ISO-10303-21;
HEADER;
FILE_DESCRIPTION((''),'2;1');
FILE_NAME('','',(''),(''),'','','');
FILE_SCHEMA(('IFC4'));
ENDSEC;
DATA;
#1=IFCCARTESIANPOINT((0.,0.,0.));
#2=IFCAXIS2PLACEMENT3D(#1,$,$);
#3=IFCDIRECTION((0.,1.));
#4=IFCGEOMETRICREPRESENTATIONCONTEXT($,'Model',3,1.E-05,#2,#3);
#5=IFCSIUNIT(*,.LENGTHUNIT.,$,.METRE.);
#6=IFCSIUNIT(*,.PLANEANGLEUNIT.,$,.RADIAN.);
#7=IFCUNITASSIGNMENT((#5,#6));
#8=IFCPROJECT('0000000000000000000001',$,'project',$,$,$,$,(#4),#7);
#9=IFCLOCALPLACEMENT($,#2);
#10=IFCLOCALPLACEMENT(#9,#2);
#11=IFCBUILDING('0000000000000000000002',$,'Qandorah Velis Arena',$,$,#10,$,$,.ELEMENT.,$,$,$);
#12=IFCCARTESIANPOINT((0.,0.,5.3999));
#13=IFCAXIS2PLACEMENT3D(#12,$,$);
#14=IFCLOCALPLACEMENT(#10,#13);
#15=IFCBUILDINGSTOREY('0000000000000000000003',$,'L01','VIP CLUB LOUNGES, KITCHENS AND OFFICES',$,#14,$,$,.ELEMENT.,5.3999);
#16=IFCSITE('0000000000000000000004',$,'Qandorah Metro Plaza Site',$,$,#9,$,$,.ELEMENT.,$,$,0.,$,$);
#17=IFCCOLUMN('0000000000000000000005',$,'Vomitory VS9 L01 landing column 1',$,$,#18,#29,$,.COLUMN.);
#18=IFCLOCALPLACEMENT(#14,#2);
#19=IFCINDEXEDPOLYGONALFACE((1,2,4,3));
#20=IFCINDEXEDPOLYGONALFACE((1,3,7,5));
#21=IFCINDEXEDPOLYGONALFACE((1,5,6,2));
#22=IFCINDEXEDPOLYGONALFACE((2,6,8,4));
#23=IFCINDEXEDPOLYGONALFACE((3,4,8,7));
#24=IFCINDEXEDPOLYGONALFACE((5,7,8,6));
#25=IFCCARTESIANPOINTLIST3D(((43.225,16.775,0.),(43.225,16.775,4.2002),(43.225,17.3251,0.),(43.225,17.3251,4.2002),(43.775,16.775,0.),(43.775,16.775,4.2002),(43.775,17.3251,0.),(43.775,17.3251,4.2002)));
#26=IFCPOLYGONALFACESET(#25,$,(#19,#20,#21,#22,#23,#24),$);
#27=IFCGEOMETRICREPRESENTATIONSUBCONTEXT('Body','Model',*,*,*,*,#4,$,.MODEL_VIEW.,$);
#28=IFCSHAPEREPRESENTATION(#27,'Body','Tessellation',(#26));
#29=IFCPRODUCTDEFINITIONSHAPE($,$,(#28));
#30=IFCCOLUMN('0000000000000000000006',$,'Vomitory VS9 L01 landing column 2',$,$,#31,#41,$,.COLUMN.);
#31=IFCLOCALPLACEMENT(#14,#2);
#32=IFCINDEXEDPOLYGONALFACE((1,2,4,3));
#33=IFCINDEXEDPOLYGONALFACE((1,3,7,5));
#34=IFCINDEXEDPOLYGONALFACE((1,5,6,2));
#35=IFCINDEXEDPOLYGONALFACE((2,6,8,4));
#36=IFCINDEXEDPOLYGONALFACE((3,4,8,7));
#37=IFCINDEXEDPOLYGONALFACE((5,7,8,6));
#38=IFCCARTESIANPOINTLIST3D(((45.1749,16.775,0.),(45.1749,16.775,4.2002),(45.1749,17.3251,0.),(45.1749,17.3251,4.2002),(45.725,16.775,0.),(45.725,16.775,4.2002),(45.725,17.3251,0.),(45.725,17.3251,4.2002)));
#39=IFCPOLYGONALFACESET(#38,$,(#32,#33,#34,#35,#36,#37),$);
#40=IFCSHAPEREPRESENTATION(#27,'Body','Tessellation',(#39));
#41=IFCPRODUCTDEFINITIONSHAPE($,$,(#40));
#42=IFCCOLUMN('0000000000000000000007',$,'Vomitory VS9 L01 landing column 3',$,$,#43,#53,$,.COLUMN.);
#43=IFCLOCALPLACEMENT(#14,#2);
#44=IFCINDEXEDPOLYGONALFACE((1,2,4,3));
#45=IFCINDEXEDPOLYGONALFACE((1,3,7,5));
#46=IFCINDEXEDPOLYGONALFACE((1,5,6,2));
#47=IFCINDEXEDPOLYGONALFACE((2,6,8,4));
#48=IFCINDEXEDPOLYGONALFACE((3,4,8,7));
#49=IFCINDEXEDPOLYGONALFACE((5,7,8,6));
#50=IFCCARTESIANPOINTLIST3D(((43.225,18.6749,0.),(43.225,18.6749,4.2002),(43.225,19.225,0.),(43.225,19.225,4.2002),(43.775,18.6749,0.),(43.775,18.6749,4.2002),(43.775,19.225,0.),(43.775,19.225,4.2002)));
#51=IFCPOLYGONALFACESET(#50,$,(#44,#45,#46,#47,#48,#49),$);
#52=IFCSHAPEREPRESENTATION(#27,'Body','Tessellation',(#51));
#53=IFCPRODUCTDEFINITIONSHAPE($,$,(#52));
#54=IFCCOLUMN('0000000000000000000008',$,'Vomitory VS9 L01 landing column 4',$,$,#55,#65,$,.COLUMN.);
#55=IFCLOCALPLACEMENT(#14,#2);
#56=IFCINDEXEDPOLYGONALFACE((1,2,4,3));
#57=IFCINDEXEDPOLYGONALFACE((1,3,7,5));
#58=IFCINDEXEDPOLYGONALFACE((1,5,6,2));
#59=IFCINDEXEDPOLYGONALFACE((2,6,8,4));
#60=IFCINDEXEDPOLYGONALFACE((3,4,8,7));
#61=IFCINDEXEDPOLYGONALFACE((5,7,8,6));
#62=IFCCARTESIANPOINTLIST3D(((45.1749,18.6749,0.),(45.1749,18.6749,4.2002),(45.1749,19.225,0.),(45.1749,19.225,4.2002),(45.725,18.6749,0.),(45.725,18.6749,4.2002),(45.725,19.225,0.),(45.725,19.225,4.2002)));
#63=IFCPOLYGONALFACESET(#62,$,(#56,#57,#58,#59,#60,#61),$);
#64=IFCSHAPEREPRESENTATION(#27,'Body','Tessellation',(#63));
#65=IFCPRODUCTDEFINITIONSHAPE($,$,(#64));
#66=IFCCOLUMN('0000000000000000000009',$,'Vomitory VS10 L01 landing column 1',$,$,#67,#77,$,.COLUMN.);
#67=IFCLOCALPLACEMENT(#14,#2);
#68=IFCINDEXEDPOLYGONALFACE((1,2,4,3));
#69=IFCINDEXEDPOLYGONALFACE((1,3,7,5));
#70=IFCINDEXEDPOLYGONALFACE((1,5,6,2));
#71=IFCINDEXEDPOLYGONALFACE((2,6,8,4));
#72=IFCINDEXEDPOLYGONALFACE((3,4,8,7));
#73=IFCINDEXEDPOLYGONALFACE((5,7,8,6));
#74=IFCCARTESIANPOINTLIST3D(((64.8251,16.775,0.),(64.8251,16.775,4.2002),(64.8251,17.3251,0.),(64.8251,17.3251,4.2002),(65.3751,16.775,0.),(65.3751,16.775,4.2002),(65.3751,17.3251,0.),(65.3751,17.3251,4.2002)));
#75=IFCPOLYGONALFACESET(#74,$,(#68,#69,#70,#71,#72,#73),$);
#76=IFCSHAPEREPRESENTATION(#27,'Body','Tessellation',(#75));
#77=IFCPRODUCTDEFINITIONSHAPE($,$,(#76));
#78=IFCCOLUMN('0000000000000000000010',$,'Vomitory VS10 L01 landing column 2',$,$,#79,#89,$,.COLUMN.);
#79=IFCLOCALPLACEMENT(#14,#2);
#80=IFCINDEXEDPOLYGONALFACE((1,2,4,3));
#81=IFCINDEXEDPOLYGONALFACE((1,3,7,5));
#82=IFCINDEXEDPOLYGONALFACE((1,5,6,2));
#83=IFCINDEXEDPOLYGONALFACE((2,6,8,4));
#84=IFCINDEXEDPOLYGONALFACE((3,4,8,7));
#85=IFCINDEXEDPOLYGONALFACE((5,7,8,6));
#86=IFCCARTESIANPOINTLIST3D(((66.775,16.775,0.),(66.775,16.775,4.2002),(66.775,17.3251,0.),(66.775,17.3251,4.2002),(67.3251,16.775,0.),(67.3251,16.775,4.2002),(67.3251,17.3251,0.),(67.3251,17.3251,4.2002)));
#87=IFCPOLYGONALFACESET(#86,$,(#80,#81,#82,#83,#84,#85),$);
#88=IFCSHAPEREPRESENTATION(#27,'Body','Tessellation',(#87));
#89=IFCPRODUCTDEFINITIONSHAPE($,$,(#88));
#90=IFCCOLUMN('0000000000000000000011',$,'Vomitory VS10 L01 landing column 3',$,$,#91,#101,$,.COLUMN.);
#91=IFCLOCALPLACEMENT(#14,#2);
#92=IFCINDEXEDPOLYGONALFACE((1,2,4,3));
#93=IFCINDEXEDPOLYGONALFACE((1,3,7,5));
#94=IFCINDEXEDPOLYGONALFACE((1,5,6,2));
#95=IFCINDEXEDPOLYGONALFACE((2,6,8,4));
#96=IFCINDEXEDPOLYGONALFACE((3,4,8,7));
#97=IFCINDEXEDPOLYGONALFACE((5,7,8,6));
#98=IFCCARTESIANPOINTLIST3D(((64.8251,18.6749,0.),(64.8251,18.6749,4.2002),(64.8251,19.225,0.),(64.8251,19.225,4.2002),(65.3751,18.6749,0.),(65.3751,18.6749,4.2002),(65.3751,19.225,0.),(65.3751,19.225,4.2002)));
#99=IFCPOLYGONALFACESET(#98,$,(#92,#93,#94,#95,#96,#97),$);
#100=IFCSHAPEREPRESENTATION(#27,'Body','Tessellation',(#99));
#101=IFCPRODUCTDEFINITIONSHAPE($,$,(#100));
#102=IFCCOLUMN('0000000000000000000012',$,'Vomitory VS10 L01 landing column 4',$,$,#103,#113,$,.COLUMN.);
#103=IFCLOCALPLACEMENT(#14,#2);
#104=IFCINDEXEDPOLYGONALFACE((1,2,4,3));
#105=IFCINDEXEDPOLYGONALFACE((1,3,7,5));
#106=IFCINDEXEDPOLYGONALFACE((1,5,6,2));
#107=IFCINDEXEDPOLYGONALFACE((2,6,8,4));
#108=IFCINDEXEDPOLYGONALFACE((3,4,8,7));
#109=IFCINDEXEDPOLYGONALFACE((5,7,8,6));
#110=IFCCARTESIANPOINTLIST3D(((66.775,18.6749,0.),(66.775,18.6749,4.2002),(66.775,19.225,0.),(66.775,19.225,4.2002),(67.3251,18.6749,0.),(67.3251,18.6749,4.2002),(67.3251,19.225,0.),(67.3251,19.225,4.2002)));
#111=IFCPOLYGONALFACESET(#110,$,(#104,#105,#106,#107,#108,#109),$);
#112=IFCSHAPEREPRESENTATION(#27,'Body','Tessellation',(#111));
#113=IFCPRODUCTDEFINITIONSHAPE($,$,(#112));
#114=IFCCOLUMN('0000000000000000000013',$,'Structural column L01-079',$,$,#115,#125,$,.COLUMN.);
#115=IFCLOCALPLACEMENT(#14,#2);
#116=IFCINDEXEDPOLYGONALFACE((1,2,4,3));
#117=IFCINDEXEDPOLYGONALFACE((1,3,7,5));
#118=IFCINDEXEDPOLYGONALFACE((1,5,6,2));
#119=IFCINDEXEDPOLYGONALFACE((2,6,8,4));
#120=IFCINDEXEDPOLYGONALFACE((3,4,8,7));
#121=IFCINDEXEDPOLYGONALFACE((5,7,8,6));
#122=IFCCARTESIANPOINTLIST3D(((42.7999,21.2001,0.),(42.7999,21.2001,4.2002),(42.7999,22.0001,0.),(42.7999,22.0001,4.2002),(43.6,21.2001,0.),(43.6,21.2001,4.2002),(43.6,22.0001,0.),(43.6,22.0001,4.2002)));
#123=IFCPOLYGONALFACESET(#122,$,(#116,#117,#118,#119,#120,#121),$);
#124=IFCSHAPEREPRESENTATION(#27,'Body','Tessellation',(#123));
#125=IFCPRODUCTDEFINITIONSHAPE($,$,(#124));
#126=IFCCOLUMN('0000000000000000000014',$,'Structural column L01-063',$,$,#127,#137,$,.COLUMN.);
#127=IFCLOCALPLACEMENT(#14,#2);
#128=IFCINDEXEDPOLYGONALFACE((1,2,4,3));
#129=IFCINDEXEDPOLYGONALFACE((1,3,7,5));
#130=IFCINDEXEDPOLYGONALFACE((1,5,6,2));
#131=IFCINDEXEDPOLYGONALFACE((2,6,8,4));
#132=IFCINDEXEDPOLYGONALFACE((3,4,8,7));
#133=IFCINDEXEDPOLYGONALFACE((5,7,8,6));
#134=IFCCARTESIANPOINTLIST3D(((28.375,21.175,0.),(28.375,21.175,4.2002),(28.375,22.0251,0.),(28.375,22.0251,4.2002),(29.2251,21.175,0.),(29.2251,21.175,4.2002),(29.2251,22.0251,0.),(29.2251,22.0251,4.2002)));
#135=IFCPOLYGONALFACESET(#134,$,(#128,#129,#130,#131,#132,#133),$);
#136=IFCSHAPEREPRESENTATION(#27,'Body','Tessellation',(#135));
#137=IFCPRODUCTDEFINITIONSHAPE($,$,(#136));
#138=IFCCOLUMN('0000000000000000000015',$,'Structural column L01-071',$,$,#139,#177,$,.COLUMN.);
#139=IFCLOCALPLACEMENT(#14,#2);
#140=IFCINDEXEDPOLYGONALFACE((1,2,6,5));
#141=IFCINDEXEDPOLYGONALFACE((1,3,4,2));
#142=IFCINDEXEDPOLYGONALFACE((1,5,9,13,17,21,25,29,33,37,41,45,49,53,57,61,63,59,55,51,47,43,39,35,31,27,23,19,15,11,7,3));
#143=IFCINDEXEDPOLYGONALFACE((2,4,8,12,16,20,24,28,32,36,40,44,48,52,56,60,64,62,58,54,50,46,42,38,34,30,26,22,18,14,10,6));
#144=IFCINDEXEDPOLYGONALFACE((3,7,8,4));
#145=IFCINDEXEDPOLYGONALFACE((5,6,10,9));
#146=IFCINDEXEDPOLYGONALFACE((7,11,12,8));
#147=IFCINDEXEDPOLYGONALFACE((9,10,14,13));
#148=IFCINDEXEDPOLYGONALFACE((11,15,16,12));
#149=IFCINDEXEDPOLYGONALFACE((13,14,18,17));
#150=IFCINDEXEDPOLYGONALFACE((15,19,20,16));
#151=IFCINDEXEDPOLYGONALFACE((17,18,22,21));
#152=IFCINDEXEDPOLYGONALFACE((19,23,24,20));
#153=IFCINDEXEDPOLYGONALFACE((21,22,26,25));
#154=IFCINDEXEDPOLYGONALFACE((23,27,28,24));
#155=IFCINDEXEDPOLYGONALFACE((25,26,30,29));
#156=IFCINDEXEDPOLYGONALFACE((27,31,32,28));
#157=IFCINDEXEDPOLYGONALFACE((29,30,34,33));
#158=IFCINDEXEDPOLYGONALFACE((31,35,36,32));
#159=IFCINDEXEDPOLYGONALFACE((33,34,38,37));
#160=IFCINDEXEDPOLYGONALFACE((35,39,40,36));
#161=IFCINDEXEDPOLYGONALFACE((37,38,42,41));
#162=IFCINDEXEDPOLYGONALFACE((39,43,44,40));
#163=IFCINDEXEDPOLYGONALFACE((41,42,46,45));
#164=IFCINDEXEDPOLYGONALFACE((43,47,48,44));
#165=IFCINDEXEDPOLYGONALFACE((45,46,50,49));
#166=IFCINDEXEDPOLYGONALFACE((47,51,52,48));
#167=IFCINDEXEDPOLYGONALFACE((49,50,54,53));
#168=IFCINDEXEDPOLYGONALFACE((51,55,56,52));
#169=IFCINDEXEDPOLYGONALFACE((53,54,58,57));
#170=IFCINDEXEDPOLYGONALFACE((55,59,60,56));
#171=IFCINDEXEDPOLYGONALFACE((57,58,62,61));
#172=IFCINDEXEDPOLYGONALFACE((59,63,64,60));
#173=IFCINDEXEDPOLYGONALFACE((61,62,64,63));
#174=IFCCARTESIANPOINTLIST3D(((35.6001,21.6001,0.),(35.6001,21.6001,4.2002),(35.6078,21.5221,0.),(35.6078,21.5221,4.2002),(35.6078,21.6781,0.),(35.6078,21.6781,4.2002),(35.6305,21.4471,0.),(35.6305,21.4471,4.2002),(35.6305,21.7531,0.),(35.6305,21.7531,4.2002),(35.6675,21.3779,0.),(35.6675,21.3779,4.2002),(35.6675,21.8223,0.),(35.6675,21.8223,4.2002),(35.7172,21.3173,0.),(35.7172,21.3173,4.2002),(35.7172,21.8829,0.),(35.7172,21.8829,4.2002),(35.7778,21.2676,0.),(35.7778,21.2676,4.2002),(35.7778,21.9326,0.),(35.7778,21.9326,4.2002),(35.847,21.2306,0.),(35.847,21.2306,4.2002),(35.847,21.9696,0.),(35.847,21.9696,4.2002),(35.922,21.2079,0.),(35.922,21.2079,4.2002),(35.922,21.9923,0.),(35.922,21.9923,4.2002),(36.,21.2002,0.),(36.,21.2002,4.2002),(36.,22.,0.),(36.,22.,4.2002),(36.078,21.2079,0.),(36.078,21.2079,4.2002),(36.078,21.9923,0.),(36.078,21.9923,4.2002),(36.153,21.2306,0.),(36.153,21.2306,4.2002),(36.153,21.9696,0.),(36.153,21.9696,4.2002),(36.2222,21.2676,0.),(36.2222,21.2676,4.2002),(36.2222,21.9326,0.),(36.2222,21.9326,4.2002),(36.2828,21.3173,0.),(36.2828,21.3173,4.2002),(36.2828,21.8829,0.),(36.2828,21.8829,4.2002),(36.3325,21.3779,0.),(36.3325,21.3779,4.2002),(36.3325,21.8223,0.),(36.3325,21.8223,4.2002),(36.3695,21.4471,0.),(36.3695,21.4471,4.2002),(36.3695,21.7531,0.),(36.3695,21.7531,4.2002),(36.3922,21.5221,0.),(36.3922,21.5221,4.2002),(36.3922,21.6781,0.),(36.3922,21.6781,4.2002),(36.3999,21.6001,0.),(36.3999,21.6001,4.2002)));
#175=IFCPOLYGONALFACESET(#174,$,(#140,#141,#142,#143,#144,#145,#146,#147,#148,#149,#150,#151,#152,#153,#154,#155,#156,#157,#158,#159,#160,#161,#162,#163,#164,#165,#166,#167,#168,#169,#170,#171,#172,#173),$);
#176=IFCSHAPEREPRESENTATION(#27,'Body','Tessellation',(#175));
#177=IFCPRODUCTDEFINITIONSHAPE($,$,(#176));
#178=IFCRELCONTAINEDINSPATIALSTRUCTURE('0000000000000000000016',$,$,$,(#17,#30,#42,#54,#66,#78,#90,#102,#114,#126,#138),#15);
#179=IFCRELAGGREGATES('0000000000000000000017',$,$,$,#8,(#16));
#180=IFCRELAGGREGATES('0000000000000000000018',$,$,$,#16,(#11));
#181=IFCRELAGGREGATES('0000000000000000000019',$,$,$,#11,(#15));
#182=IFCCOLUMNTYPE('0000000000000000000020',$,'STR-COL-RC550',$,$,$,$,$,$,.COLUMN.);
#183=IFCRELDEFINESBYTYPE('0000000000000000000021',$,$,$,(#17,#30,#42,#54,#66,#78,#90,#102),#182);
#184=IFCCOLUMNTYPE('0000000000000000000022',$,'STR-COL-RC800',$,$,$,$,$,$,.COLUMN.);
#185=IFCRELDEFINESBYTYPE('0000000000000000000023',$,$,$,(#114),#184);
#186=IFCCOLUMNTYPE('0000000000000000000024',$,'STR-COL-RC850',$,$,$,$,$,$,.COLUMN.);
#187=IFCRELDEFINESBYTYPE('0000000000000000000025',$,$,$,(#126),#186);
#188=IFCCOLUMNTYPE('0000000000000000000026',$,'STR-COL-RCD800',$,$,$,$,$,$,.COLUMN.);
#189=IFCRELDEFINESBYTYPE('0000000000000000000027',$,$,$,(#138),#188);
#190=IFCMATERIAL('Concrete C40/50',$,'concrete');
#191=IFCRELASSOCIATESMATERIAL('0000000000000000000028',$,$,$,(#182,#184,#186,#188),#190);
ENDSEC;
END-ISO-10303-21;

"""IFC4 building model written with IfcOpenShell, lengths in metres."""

from ifc_helpers import new_model, si_unit, direction, frame, origin, origin_2d, place, context, subcontext, project, spatial, rectangle, circle, extrude, material, material_profile, profile_set, type_object, element, save


model = new_model("IFC4")

# Units and contexts
model_context = context("Model", 3, precision=1e-05, world=origin(), true_north=direction((0.0, 1.0)))
body_context = subcontext(model_context, "Body", "Model", "MODEL_VIEW")
ifc_project = project(units=[si_unit("LENGTHUNIT", "METRE"), si_unit("PLANEANGLEUNIT", "RADIAN")], contexts=[model_context])

# Site, building, storey
site_placement = place(None, origin())
site = spatial("IfcSite", under=ifc_project, at=site_placement, Name="Qandorah Metro Plaza Site", CompositionType="ELEMENT", RefElevation=0.0)
building_placement = place(site_placement, origin())
building = spatial("IfcBuilding", under=site, at=building_placement, Name="Qandorah Velis Arena", CompositionType="ELEMENT")
storey_placement = place(building_placement, frame((0.0, 0.0, 5.3999)))
storey = spatial("IfcBuildingStorey", under=building, at=storey_placement, Name="L01", Description="VIP CLUB LOUNGES, KITCHENS AND OFFICES", CompositionType="ELEMENT", Elevation=5.3999)

# Columns
ifc_material_1 = material(Name="Concrete C40/50", Category="concrete")
ifc_material_profile_1 = material_profile(ifc_material_1, rectangle(XDim=0.55, YDim=0.55, at=origin_2d()), Name="RC COL 550x550")
ifc_profile_set_1 = profile_set([ifc_material_profile_1], Name="Concrete C40/50")
column_type_1 = type_object("IfcColumnType", Name="STR-COL-RC550", PredefinedType="COLUMN", material=ifc_profile_set_1)
for number, where, z_axis, x_axis, name in (
    (1, (43.5, 17.05, 0.0), (0.0, 0.0, 1.0), (1.0, 0.0, 0.0), "Vomitory VS9 L01 landing column 1"),
    (2, (45.45, 17.05, 0.0), (0.0, 0.0, 1.0), (1.0, 0.0, 0.0), "Vomitory VS9 L01 landing column 2"),
    (3, (43.5, 18.95, 0.0), (0.0, 0.0, 1.0), (1.0, 0.0, 0.0), "Vomitory VS9 L01 landing column 3"),
    (4, (45.45, 18.95, 0.0), (0.0, 0.0, 1.0), (1.0, 0.0, 0.0), "Vomitory VS9 L01 landing column 4"),
    (5, (65.1001, 17.05, 0.0), (0.0, 0.0, 1.0), (1.0, 0.0, 0.0), "Vomitory VS10 L01 landing column 1"),
    (6, (67.05, 17.05, 0.0), (0.0, 0.0, 1.0), (1.0, 0.0, 0.0), "Vomitory VS10 L01 landing column 2"),
    (7, (65.1001, 18.95, 0.0), (0.0, 0.0, 1.0), (1.0, 0.0, 0.0), "Vomitory VS10 L01 landing column 3"),
    (8, (67.05, 18.95, 0.0), (0.0, 0.0, 1.0), (1.0, 0.0, 0.0), "Vomitory VS10 L01 landing column 4"),
):
    element("IfcColumn", number, at=place(storey_placement, frame(where, z_axis=z_axis, x_axis=x_axis)), inside=storey, type_object=column_type_1, Name=name, PredefinedType="COLUMN", context=body_context, shape_type="SweptSolid", body=[
        extrude(rectangle(XDim=0.55, YDim=0.55, at=origin_2d()), origin(), (0.0, 0.0, 1.0), 4.2002),
    ])
ifc_material_profile_2 = material_profile(ifc_material_1, rectangle(XDim=0.8, YDim=0.8, at=origin_2d()), Name="RC COL 800x800")
ifc_profile_set_2 = profile_set([ifc_material_profile_2], Name="Concrete C40/50")
column_type_2 = type_object("IfcColumnType", Name="STR-COL-RC800", PredefinedType="COLUMN", material=ifc_profile_set_2)
column_1_placement = place(storey_placement, frame((43.2, 21.6001, 0.0), z_axis=(0.0, 0.0, 1.0), x_axis=(1.0, 0.0, 0.0)))
element("IfcColumn", 9, at=column_1_placement, inside=storey, type_object=column_type_2, Name="Structural column L01-079", PredefinedType="COLUMN", context=body_context, shape_type="SweptSolid", body=[
    extrude(rectangle(XDim=0.8, YDim=0.8, at=origin_2d()), origin(), (0.0, 0.0, 1.0), 4.2002),
])
ifc_material_profile_3 = material_profile(ifc_material_1, rectangle(XDim=0.8501, YDim=0.8501, at=origin_2d()), Name="RC COL 850x850")
ifc_profile_set_3 = profile_set([ifc_material_profile_3], Name="Concrete C40/50")
column_type_3 = type_object("IfcColumnType", Name="STR-COL-RC850", PredefinedType="COLUMN", material=ifc_profile_set_3)
column_2_placement = place(storey_placement, frame((28.8, 21.6001, 0.0), z_axis=(0.0, 0.0, 1.0), x_axis=(1.0, 0.0, 0.0)))
element("IfcColumn", 10, at=column_2_placement, inside=storey, type_object=column_type_3, Name="Structural column L01-063", PredefinedType="COLUMN", context=body_context, shape_type="SweptSolid", body=[
    extrude(rectangle(XDim=0.8501, YDim=0.8501, at=origin_2d()), origin(), (0.0, 0.0, 1.0), 4.2002),
])
ifc_material_profile_4 = material_profile(ifc_material_1, circle(Radius=0.3999, at=origin_2d()), Name="RC D800")
ifc_profile_set_4 = profile_set([ifc_material_profile_4], Name="Concrete C40/50")
column_type_4 = type_object("IfcColumnType", Name="STR-COL-RCD800", PredefinedType="COLUMN", material=ifc_profile_set_4)
column_3_placement = place(storey_placement, frame((36.0, 21.6001, 0.0), z_axis=(0.0, 0.0, 1.0), x_axis=(1.0, 0.0, 0.0)))
element("IfcColumn", 11, at=column_3_placement, inside=storey, type_object=column_type_4, Name="Structural column L01-071", PredefinedType="COLUMN", context=body_context, shape_type="SweptSolid", body=[
    extrude(circle(Radius=0.3999, at=origin_2d()), origin(), (0.0, 0.0, 1.0), 4.2002),
])

save(model, "model.ifc")
